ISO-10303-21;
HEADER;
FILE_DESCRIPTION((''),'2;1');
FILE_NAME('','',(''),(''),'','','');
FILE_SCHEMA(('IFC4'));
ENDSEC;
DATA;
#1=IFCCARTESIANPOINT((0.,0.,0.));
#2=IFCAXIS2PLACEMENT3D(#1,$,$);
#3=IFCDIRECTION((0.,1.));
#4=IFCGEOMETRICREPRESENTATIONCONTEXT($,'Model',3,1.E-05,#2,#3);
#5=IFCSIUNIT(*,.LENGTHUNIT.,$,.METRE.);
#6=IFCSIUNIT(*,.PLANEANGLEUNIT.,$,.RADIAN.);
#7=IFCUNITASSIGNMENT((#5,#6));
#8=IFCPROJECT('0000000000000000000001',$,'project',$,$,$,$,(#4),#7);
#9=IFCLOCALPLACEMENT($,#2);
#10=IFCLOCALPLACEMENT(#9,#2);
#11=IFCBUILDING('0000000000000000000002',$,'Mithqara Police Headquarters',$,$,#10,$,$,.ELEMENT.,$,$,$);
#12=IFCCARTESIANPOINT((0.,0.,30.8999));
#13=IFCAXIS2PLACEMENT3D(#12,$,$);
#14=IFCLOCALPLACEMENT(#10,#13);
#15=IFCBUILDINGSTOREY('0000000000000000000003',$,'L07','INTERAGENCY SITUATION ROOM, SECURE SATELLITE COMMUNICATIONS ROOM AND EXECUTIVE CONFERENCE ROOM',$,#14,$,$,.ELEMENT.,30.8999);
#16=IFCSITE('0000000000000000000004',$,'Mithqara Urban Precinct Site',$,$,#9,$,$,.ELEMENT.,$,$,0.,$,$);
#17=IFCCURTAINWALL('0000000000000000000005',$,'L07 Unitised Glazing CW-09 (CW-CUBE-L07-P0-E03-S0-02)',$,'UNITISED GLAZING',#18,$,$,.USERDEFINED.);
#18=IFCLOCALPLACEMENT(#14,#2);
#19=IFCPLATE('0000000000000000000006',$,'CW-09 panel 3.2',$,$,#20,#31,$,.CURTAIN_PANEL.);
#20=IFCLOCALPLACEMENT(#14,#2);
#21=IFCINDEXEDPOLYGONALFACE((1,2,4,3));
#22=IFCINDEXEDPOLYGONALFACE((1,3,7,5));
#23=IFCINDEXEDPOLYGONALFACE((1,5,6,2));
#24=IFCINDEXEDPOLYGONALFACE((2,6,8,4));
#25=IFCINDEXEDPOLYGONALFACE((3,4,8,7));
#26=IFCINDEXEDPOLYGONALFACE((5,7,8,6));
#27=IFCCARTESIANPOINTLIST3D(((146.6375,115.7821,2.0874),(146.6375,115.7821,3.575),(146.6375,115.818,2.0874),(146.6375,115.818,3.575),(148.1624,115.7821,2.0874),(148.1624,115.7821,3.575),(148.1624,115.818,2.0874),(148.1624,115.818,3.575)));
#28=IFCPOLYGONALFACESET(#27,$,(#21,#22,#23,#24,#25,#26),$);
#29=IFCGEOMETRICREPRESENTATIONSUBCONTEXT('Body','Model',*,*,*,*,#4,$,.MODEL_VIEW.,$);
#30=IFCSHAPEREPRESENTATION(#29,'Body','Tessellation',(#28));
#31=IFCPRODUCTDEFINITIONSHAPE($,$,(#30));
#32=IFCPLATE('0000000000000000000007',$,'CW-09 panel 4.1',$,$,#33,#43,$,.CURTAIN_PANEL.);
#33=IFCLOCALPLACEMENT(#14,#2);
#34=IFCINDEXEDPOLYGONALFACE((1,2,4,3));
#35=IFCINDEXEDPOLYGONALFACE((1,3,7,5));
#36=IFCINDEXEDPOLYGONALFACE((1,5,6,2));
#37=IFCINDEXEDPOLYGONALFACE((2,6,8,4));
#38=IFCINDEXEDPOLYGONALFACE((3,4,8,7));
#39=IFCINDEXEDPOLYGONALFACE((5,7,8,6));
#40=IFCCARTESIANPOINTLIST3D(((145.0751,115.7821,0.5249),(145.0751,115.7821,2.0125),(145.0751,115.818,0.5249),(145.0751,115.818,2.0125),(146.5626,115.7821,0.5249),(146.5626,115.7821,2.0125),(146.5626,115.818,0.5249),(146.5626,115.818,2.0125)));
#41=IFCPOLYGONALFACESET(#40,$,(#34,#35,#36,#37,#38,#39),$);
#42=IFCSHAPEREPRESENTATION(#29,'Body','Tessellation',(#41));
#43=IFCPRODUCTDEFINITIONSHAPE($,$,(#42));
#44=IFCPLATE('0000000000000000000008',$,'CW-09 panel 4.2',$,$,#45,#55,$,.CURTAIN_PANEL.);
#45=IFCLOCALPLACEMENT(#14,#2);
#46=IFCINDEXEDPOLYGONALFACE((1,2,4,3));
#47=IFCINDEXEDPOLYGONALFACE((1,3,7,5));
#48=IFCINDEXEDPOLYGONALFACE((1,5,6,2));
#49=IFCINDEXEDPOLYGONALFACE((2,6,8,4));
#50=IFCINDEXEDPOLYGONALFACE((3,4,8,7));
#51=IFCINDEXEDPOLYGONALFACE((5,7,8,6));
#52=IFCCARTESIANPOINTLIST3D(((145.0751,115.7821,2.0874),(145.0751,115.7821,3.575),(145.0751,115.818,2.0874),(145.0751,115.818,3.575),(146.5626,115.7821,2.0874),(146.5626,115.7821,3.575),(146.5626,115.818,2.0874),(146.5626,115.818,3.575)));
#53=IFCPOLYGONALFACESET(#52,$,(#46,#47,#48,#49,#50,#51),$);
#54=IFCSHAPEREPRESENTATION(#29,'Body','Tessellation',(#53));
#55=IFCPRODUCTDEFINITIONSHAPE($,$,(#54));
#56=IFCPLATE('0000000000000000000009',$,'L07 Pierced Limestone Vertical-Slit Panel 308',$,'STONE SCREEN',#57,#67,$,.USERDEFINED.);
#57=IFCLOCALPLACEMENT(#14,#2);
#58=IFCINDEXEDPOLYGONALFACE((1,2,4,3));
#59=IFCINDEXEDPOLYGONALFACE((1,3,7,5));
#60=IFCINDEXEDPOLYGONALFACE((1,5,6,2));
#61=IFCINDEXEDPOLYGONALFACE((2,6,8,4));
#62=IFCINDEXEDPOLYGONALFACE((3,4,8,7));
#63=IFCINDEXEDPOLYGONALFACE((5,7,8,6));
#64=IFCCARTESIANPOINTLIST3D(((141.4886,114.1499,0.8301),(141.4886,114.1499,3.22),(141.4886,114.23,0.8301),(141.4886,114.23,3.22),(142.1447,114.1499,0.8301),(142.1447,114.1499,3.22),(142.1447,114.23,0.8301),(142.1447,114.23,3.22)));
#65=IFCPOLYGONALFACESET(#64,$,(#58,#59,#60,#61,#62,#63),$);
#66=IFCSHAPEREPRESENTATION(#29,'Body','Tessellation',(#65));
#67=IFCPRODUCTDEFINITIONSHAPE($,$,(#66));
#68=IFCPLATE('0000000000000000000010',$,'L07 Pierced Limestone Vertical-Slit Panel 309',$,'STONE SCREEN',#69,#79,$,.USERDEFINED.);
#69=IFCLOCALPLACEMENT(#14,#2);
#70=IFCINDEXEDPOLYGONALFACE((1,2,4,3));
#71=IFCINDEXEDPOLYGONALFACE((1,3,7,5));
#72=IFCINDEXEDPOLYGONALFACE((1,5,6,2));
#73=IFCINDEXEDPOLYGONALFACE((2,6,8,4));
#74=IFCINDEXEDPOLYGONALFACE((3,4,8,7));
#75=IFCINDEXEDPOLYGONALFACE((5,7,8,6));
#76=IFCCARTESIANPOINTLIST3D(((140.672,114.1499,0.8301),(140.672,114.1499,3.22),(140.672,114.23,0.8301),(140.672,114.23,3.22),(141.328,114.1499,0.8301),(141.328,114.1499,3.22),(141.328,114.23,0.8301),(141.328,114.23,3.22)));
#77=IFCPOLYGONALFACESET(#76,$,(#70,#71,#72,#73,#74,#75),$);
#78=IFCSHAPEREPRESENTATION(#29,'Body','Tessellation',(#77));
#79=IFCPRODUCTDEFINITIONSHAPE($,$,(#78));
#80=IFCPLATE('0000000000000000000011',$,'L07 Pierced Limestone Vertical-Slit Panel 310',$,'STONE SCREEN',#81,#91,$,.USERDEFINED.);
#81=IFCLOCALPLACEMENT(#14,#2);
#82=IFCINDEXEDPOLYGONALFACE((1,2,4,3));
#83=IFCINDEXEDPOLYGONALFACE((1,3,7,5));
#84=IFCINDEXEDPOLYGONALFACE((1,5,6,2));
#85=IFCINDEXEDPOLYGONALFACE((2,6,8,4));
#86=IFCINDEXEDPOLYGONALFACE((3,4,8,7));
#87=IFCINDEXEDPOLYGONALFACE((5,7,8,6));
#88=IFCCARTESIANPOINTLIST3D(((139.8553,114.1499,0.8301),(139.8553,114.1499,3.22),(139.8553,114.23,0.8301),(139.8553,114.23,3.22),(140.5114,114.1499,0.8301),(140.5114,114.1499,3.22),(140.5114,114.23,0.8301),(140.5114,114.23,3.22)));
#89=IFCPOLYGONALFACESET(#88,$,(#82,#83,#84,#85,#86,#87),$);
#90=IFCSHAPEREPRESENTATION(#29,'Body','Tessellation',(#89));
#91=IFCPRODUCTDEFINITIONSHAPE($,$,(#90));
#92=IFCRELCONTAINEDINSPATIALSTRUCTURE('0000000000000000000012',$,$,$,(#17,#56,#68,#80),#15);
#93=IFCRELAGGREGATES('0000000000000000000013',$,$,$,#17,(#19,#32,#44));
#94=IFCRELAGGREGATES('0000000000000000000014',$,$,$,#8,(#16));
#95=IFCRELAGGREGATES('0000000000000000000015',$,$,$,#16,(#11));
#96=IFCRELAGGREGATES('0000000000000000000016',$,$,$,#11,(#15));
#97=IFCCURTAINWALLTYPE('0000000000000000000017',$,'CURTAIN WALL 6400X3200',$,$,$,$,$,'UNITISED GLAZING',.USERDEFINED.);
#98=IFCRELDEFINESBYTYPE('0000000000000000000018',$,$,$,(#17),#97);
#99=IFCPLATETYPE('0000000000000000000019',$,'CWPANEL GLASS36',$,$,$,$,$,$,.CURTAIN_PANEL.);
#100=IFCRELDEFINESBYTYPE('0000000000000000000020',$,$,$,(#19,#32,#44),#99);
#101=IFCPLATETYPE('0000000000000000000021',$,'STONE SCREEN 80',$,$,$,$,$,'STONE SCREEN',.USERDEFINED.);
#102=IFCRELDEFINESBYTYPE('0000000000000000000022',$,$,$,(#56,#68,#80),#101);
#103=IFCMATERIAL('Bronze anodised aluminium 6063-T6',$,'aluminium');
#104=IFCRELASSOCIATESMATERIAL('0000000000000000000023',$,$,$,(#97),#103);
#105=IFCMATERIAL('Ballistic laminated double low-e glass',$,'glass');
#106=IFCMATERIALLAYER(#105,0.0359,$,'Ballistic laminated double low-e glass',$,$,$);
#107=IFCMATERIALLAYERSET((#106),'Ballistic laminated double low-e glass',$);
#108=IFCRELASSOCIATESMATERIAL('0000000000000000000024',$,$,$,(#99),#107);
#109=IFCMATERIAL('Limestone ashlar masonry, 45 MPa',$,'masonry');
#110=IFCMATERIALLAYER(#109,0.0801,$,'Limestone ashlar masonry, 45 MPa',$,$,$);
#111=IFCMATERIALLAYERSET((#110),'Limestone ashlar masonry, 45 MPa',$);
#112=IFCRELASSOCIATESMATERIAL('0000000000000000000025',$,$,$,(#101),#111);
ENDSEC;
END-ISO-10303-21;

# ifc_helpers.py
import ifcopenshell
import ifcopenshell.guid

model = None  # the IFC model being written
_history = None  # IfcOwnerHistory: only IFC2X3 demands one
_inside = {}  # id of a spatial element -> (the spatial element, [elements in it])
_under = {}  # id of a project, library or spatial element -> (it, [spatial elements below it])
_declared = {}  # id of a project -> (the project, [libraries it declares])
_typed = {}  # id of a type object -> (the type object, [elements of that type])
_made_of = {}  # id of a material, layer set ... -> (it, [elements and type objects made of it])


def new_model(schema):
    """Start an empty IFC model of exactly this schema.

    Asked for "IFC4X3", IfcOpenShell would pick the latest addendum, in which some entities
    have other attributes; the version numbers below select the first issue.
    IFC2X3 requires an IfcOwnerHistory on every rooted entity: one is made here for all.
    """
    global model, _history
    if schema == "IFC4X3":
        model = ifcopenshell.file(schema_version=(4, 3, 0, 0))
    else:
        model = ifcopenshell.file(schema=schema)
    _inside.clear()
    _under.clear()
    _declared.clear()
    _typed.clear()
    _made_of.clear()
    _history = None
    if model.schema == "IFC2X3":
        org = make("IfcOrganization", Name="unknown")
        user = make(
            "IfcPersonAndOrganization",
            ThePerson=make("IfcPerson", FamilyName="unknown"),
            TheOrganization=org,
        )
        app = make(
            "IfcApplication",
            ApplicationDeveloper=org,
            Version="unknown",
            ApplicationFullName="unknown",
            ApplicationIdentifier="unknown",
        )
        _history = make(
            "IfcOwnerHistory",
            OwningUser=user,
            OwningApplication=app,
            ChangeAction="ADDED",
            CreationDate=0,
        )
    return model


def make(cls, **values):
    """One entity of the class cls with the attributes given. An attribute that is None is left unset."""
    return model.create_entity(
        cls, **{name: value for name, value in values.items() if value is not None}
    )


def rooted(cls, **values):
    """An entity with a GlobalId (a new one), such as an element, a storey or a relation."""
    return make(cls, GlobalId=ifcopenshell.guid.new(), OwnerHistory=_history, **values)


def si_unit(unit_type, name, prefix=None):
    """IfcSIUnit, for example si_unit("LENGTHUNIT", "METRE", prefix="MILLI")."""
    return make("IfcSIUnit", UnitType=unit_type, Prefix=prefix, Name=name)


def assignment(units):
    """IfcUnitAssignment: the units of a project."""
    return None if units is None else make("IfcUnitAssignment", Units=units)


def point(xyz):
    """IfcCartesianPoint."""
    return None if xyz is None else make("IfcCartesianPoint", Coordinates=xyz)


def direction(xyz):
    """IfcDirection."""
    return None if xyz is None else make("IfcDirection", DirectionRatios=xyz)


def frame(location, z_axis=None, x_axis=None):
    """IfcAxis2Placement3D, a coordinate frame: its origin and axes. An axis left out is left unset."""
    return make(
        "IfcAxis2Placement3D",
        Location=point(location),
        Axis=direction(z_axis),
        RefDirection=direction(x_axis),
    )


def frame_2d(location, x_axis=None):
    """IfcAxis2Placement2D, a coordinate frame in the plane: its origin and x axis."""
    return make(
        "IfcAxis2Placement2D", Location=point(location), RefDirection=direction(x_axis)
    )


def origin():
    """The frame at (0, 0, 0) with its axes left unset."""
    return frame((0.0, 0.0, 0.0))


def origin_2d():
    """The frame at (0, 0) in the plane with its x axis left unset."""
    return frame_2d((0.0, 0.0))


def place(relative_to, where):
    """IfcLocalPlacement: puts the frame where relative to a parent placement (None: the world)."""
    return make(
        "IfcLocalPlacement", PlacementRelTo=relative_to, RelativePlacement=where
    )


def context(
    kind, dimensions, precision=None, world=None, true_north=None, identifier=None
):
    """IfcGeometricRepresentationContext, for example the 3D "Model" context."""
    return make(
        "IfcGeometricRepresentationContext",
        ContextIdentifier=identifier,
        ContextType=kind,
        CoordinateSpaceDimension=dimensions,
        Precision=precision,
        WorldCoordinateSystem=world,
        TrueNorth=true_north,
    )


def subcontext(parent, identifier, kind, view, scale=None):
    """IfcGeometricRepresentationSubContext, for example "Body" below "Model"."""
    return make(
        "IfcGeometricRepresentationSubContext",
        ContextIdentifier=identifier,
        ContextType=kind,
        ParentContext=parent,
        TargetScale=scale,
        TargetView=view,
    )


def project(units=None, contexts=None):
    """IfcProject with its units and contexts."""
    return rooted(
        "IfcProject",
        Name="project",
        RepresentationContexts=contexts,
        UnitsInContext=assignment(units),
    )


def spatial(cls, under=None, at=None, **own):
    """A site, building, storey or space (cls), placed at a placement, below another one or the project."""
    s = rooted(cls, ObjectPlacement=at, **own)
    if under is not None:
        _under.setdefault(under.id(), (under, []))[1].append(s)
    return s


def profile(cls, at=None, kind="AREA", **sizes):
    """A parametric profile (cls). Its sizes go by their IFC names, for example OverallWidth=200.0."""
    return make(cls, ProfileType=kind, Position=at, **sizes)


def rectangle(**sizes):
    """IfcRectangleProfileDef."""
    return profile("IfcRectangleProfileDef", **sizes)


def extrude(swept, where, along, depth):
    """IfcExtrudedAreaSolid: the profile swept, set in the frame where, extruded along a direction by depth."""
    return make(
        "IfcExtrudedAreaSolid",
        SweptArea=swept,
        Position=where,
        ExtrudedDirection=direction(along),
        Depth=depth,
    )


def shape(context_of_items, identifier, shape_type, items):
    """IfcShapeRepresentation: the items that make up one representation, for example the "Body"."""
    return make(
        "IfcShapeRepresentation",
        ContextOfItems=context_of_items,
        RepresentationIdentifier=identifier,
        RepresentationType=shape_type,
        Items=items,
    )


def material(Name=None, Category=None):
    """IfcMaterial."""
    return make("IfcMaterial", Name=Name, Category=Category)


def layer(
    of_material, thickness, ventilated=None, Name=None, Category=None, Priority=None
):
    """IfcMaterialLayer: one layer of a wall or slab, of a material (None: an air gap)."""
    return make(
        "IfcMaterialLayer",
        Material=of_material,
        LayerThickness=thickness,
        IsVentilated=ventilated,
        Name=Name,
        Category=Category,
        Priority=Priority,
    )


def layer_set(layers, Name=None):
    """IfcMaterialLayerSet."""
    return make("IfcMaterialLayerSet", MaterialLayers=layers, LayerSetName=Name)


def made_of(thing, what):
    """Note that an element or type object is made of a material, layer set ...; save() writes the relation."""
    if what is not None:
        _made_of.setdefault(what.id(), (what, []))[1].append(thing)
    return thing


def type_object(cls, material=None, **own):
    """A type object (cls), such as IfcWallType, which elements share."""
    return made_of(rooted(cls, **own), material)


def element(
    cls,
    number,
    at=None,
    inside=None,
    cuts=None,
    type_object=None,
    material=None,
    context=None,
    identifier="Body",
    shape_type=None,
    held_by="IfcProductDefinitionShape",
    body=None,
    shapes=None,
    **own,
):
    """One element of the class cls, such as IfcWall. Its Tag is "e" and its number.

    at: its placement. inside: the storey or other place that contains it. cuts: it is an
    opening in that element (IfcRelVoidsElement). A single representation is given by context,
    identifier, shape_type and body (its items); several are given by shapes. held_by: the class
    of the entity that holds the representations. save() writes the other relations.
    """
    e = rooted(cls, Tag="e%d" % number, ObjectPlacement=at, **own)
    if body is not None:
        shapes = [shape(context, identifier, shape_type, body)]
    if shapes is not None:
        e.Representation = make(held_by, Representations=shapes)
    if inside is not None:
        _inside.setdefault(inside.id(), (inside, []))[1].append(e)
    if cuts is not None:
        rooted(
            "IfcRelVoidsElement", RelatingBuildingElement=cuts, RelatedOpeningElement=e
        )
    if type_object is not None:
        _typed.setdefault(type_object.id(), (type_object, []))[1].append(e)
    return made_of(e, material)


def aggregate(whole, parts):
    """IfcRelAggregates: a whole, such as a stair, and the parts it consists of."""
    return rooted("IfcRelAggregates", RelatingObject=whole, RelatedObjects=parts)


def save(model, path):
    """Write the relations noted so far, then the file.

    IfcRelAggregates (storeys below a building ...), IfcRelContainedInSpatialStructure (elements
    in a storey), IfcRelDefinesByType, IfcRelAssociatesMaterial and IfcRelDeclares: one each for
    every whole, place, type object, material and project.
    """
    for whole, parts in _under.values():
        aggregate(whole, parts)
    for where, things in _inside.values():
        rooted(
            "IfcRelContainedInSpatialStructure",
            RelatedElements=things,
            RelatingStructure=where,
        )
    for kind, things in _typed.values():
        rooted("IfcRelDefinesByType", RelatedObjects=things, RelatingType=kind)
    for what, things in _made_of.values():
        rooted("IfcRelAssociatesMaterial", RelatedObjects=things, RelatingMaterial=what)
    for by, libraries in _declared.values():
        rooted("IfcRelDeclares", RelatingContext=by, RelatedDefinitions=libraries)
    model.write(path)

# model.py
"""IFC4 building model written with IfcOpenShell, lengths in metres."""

from ifc_helpers import new_model, si_unit, direction, frame, origin, origin_2d, place, context, subcontext, project, spatial, rectangle, extrude, material, layer, layer_set, type_object, element, aggregate, save


model = new_model("IFC4")

# Units and contexts
model_context = context("Model", 3, precision=1e-05, world=origin(), true_north=direction((0.0, 1.0)))
body_context = subcontext(model_context, "Body", "Model", "MODEL_VIEW")
ifc_project = project(units=[si_unit("LENGTHUNIT", "METRE"), si_unit("PLANEANGLEUNIT", "RADIAN")], contexts=[model_context])

# Site, building, storey
site_placement = place(None, origin())
site = spatial("IfcSite", under=ifc_project, at=site_placement, Name="Mithqara Urban Precinct Site", CompositionType="ELEMENT", RefElevation=0.0)
building_placement = place(site_placement, origin())
building = spatial("IfcBuilding", under=site, at=building_placement, Name="Mithqara Police Headquarters", CompositionType="ELEMENT")
storey_placement = place(building_placement, frame((0.0, 0.0, 30.8999)))
storey = spatial("IfcBuildingStorey", under=building, at=storey_placement, Name="L07", Description="INTERAGENCY SITUATION ROOM, SECURE SATELLITE COMMUNICATIONS ROOM AND EXECUTIVE CONFERENCE ROOM", CompositionType="ELEMENT", Elevation=30.8999)

# Curtain wall
ifc_material_1 = material(Name="Bronze anodised aluminium 6063-T6", Category="aluminium")
curtain_wall_type = type_object("IfcCurtainWallType", Name="CURTAIN WALL 6400X3200", ElementType="UNITISED GLAZING", PredefinedType="USERDEFINED", material=ifc_material_1)
curtain_wall_placement = place(storey_placement, origin())
curtain_wall = element("IfcCurtainWall", 1, at=curtain_wall_placement, inside=storey, type_object=curtain_wall_type, Name="L07 Unitised Glazing CW-09 (CW-CUBE-L07-P0-E03-S0-02)", ObjectType="UNITISED GLAZING", PredefinedType="USERDEFINED")

# Plates
ifc_material_2 = material(Name="Ballistic laminated double low-e glass", Category="glass")
ifc_layer_1 = layer(ifc_material_2, 0.0359, Name="Ballistic laminated double low-e glass")
ifc_layer_set_1 = layer_set([ifc_layer_1], Name="Ballistic laminated double low-e glass")
plate_type_1 = type_object("IfcPlateType", Name="CWPANEL GLASS36", PredefinedType="CURTAIN_PANEL", material=ifc_layer_set_1)
plate_1_placement = place(storey_placement, frame((147.3999, 115.8, 2.0874), z_axis=(0.0, 0.0, 1.0), x_axis=(-1.0, 0.0, 0.0)))
plate_1 = element("IfcPlate", 2, at=plate_1_placement, type_object=plate_type_1, Name="CW-09 panel 3.2", PredefinedType="CURTAIN_PANEL", context=body_context, shape_type="SweptSolid", body=[
    extrude(rectangle(XDim=1.5249, YDim=0.0359, at=origin_2d()), origin(), (0.0, 0.0, 1.0), 1.4875),
])
plate_2_placement = place(storey_placement, frame((145.8188, 115.8, 0.5249), z_axis=(0.0, 0.0, 1.0), x_axis=(-1.0, 0.0, 0.0)))
plate_2 = element("IfcPlate", 3, at=plate_2_placement, type_object=plate_type_1, Name="CW-09 panel 4.1", PredefinedType="CURTAIN_PANEL", context=body_context, shape_type="SweptSolid", body=[
    extrude(rectangle(XDim=1.4875, YDim=0.0359, at=origin_2d()), origin(), (0.0, 0.0, 1.0), 1.4875),
])
plate_3_placement = place(storey_placement, frame((145.8188, 115.8, 2.0874), z_axis=(0.0, 0.0, 1.0), x_axis=(-1.0, 0.0, 0.0)))
plate_3 = element("IfcPlate", 4, at=plate_3_placement, type_object=plate_type_1, Name="CW-09 panel 4.2", PredefinedType="CURTAIN_PANEL", context=body_context, shape_type="SweptSolid", body=[
    extrude(rectangle(XDim=1.4875, YDim=0.0359, at=origin_2d()), origin(), (0.0, 0.0, 1.0), 1.4875),
])
aggregate(curtain_wall, [plate_1, plate_2, plate_3])

# Plates
ifc_material_3 = material(Name="Limestone ashlar masonry, 45 MPa", Category="masonry")
ifc_layer_2 = layer(ifc_material_3, 0.0801, Name="Limestone ashlar masonry, 45 MPa")
ifc_layer_set_2 = layer_set([ifc_layer_2], Name="Limestone ashlar masonry, 45 MPa")
plate_type_2 = type_object("IfcPlateType", Name="STONE SCREEN 80", ElementType="STONE SCREEN", PredefinedType="USERDEFINED", material=ifc_layer_set_2)
for number, where, z_axis, x_axis, name in (
    (5, (141.8167, 114.1899, 0.8301), (0.0, 0.0, 1.0), (1.0, 0.0, 0.0), "L07 Pierced Limestone Vertical-Slit Panel 308"),
    (6, (141.0, 114.1899, 0.8301), (0.0, 0.0, 1.0), (1.0, 0.0, 0.0), "L07 Pierced Limestone Vertical-Slit Panel 309"),
    (7, (140.1833, 114.1899, 0.8301), (0.0, 0.0, 1.0), (1.0, 0.0, 0.0), "L07 Pierced Limestone Vertical-Slit Panel 310"),
):
    element("IfcPlate", number, at=place(storey_placement, frame(where, z_axis=z_axis, x_axis=x_axis)), inside=storey, type_object=plate_type_2, Name=name, ObjectType="STONE SCREEN", PredefinedType="USERDEFINED", context=body_context, shape_type="SweptSolid", body=[
        extrude(rectangle(XDim=0.656, YDim=0.0801, at=origin_2d()), origin(), (0.0, 0.0, 1.0), 2.3899),
    ])

save(model, "model.ifc")
